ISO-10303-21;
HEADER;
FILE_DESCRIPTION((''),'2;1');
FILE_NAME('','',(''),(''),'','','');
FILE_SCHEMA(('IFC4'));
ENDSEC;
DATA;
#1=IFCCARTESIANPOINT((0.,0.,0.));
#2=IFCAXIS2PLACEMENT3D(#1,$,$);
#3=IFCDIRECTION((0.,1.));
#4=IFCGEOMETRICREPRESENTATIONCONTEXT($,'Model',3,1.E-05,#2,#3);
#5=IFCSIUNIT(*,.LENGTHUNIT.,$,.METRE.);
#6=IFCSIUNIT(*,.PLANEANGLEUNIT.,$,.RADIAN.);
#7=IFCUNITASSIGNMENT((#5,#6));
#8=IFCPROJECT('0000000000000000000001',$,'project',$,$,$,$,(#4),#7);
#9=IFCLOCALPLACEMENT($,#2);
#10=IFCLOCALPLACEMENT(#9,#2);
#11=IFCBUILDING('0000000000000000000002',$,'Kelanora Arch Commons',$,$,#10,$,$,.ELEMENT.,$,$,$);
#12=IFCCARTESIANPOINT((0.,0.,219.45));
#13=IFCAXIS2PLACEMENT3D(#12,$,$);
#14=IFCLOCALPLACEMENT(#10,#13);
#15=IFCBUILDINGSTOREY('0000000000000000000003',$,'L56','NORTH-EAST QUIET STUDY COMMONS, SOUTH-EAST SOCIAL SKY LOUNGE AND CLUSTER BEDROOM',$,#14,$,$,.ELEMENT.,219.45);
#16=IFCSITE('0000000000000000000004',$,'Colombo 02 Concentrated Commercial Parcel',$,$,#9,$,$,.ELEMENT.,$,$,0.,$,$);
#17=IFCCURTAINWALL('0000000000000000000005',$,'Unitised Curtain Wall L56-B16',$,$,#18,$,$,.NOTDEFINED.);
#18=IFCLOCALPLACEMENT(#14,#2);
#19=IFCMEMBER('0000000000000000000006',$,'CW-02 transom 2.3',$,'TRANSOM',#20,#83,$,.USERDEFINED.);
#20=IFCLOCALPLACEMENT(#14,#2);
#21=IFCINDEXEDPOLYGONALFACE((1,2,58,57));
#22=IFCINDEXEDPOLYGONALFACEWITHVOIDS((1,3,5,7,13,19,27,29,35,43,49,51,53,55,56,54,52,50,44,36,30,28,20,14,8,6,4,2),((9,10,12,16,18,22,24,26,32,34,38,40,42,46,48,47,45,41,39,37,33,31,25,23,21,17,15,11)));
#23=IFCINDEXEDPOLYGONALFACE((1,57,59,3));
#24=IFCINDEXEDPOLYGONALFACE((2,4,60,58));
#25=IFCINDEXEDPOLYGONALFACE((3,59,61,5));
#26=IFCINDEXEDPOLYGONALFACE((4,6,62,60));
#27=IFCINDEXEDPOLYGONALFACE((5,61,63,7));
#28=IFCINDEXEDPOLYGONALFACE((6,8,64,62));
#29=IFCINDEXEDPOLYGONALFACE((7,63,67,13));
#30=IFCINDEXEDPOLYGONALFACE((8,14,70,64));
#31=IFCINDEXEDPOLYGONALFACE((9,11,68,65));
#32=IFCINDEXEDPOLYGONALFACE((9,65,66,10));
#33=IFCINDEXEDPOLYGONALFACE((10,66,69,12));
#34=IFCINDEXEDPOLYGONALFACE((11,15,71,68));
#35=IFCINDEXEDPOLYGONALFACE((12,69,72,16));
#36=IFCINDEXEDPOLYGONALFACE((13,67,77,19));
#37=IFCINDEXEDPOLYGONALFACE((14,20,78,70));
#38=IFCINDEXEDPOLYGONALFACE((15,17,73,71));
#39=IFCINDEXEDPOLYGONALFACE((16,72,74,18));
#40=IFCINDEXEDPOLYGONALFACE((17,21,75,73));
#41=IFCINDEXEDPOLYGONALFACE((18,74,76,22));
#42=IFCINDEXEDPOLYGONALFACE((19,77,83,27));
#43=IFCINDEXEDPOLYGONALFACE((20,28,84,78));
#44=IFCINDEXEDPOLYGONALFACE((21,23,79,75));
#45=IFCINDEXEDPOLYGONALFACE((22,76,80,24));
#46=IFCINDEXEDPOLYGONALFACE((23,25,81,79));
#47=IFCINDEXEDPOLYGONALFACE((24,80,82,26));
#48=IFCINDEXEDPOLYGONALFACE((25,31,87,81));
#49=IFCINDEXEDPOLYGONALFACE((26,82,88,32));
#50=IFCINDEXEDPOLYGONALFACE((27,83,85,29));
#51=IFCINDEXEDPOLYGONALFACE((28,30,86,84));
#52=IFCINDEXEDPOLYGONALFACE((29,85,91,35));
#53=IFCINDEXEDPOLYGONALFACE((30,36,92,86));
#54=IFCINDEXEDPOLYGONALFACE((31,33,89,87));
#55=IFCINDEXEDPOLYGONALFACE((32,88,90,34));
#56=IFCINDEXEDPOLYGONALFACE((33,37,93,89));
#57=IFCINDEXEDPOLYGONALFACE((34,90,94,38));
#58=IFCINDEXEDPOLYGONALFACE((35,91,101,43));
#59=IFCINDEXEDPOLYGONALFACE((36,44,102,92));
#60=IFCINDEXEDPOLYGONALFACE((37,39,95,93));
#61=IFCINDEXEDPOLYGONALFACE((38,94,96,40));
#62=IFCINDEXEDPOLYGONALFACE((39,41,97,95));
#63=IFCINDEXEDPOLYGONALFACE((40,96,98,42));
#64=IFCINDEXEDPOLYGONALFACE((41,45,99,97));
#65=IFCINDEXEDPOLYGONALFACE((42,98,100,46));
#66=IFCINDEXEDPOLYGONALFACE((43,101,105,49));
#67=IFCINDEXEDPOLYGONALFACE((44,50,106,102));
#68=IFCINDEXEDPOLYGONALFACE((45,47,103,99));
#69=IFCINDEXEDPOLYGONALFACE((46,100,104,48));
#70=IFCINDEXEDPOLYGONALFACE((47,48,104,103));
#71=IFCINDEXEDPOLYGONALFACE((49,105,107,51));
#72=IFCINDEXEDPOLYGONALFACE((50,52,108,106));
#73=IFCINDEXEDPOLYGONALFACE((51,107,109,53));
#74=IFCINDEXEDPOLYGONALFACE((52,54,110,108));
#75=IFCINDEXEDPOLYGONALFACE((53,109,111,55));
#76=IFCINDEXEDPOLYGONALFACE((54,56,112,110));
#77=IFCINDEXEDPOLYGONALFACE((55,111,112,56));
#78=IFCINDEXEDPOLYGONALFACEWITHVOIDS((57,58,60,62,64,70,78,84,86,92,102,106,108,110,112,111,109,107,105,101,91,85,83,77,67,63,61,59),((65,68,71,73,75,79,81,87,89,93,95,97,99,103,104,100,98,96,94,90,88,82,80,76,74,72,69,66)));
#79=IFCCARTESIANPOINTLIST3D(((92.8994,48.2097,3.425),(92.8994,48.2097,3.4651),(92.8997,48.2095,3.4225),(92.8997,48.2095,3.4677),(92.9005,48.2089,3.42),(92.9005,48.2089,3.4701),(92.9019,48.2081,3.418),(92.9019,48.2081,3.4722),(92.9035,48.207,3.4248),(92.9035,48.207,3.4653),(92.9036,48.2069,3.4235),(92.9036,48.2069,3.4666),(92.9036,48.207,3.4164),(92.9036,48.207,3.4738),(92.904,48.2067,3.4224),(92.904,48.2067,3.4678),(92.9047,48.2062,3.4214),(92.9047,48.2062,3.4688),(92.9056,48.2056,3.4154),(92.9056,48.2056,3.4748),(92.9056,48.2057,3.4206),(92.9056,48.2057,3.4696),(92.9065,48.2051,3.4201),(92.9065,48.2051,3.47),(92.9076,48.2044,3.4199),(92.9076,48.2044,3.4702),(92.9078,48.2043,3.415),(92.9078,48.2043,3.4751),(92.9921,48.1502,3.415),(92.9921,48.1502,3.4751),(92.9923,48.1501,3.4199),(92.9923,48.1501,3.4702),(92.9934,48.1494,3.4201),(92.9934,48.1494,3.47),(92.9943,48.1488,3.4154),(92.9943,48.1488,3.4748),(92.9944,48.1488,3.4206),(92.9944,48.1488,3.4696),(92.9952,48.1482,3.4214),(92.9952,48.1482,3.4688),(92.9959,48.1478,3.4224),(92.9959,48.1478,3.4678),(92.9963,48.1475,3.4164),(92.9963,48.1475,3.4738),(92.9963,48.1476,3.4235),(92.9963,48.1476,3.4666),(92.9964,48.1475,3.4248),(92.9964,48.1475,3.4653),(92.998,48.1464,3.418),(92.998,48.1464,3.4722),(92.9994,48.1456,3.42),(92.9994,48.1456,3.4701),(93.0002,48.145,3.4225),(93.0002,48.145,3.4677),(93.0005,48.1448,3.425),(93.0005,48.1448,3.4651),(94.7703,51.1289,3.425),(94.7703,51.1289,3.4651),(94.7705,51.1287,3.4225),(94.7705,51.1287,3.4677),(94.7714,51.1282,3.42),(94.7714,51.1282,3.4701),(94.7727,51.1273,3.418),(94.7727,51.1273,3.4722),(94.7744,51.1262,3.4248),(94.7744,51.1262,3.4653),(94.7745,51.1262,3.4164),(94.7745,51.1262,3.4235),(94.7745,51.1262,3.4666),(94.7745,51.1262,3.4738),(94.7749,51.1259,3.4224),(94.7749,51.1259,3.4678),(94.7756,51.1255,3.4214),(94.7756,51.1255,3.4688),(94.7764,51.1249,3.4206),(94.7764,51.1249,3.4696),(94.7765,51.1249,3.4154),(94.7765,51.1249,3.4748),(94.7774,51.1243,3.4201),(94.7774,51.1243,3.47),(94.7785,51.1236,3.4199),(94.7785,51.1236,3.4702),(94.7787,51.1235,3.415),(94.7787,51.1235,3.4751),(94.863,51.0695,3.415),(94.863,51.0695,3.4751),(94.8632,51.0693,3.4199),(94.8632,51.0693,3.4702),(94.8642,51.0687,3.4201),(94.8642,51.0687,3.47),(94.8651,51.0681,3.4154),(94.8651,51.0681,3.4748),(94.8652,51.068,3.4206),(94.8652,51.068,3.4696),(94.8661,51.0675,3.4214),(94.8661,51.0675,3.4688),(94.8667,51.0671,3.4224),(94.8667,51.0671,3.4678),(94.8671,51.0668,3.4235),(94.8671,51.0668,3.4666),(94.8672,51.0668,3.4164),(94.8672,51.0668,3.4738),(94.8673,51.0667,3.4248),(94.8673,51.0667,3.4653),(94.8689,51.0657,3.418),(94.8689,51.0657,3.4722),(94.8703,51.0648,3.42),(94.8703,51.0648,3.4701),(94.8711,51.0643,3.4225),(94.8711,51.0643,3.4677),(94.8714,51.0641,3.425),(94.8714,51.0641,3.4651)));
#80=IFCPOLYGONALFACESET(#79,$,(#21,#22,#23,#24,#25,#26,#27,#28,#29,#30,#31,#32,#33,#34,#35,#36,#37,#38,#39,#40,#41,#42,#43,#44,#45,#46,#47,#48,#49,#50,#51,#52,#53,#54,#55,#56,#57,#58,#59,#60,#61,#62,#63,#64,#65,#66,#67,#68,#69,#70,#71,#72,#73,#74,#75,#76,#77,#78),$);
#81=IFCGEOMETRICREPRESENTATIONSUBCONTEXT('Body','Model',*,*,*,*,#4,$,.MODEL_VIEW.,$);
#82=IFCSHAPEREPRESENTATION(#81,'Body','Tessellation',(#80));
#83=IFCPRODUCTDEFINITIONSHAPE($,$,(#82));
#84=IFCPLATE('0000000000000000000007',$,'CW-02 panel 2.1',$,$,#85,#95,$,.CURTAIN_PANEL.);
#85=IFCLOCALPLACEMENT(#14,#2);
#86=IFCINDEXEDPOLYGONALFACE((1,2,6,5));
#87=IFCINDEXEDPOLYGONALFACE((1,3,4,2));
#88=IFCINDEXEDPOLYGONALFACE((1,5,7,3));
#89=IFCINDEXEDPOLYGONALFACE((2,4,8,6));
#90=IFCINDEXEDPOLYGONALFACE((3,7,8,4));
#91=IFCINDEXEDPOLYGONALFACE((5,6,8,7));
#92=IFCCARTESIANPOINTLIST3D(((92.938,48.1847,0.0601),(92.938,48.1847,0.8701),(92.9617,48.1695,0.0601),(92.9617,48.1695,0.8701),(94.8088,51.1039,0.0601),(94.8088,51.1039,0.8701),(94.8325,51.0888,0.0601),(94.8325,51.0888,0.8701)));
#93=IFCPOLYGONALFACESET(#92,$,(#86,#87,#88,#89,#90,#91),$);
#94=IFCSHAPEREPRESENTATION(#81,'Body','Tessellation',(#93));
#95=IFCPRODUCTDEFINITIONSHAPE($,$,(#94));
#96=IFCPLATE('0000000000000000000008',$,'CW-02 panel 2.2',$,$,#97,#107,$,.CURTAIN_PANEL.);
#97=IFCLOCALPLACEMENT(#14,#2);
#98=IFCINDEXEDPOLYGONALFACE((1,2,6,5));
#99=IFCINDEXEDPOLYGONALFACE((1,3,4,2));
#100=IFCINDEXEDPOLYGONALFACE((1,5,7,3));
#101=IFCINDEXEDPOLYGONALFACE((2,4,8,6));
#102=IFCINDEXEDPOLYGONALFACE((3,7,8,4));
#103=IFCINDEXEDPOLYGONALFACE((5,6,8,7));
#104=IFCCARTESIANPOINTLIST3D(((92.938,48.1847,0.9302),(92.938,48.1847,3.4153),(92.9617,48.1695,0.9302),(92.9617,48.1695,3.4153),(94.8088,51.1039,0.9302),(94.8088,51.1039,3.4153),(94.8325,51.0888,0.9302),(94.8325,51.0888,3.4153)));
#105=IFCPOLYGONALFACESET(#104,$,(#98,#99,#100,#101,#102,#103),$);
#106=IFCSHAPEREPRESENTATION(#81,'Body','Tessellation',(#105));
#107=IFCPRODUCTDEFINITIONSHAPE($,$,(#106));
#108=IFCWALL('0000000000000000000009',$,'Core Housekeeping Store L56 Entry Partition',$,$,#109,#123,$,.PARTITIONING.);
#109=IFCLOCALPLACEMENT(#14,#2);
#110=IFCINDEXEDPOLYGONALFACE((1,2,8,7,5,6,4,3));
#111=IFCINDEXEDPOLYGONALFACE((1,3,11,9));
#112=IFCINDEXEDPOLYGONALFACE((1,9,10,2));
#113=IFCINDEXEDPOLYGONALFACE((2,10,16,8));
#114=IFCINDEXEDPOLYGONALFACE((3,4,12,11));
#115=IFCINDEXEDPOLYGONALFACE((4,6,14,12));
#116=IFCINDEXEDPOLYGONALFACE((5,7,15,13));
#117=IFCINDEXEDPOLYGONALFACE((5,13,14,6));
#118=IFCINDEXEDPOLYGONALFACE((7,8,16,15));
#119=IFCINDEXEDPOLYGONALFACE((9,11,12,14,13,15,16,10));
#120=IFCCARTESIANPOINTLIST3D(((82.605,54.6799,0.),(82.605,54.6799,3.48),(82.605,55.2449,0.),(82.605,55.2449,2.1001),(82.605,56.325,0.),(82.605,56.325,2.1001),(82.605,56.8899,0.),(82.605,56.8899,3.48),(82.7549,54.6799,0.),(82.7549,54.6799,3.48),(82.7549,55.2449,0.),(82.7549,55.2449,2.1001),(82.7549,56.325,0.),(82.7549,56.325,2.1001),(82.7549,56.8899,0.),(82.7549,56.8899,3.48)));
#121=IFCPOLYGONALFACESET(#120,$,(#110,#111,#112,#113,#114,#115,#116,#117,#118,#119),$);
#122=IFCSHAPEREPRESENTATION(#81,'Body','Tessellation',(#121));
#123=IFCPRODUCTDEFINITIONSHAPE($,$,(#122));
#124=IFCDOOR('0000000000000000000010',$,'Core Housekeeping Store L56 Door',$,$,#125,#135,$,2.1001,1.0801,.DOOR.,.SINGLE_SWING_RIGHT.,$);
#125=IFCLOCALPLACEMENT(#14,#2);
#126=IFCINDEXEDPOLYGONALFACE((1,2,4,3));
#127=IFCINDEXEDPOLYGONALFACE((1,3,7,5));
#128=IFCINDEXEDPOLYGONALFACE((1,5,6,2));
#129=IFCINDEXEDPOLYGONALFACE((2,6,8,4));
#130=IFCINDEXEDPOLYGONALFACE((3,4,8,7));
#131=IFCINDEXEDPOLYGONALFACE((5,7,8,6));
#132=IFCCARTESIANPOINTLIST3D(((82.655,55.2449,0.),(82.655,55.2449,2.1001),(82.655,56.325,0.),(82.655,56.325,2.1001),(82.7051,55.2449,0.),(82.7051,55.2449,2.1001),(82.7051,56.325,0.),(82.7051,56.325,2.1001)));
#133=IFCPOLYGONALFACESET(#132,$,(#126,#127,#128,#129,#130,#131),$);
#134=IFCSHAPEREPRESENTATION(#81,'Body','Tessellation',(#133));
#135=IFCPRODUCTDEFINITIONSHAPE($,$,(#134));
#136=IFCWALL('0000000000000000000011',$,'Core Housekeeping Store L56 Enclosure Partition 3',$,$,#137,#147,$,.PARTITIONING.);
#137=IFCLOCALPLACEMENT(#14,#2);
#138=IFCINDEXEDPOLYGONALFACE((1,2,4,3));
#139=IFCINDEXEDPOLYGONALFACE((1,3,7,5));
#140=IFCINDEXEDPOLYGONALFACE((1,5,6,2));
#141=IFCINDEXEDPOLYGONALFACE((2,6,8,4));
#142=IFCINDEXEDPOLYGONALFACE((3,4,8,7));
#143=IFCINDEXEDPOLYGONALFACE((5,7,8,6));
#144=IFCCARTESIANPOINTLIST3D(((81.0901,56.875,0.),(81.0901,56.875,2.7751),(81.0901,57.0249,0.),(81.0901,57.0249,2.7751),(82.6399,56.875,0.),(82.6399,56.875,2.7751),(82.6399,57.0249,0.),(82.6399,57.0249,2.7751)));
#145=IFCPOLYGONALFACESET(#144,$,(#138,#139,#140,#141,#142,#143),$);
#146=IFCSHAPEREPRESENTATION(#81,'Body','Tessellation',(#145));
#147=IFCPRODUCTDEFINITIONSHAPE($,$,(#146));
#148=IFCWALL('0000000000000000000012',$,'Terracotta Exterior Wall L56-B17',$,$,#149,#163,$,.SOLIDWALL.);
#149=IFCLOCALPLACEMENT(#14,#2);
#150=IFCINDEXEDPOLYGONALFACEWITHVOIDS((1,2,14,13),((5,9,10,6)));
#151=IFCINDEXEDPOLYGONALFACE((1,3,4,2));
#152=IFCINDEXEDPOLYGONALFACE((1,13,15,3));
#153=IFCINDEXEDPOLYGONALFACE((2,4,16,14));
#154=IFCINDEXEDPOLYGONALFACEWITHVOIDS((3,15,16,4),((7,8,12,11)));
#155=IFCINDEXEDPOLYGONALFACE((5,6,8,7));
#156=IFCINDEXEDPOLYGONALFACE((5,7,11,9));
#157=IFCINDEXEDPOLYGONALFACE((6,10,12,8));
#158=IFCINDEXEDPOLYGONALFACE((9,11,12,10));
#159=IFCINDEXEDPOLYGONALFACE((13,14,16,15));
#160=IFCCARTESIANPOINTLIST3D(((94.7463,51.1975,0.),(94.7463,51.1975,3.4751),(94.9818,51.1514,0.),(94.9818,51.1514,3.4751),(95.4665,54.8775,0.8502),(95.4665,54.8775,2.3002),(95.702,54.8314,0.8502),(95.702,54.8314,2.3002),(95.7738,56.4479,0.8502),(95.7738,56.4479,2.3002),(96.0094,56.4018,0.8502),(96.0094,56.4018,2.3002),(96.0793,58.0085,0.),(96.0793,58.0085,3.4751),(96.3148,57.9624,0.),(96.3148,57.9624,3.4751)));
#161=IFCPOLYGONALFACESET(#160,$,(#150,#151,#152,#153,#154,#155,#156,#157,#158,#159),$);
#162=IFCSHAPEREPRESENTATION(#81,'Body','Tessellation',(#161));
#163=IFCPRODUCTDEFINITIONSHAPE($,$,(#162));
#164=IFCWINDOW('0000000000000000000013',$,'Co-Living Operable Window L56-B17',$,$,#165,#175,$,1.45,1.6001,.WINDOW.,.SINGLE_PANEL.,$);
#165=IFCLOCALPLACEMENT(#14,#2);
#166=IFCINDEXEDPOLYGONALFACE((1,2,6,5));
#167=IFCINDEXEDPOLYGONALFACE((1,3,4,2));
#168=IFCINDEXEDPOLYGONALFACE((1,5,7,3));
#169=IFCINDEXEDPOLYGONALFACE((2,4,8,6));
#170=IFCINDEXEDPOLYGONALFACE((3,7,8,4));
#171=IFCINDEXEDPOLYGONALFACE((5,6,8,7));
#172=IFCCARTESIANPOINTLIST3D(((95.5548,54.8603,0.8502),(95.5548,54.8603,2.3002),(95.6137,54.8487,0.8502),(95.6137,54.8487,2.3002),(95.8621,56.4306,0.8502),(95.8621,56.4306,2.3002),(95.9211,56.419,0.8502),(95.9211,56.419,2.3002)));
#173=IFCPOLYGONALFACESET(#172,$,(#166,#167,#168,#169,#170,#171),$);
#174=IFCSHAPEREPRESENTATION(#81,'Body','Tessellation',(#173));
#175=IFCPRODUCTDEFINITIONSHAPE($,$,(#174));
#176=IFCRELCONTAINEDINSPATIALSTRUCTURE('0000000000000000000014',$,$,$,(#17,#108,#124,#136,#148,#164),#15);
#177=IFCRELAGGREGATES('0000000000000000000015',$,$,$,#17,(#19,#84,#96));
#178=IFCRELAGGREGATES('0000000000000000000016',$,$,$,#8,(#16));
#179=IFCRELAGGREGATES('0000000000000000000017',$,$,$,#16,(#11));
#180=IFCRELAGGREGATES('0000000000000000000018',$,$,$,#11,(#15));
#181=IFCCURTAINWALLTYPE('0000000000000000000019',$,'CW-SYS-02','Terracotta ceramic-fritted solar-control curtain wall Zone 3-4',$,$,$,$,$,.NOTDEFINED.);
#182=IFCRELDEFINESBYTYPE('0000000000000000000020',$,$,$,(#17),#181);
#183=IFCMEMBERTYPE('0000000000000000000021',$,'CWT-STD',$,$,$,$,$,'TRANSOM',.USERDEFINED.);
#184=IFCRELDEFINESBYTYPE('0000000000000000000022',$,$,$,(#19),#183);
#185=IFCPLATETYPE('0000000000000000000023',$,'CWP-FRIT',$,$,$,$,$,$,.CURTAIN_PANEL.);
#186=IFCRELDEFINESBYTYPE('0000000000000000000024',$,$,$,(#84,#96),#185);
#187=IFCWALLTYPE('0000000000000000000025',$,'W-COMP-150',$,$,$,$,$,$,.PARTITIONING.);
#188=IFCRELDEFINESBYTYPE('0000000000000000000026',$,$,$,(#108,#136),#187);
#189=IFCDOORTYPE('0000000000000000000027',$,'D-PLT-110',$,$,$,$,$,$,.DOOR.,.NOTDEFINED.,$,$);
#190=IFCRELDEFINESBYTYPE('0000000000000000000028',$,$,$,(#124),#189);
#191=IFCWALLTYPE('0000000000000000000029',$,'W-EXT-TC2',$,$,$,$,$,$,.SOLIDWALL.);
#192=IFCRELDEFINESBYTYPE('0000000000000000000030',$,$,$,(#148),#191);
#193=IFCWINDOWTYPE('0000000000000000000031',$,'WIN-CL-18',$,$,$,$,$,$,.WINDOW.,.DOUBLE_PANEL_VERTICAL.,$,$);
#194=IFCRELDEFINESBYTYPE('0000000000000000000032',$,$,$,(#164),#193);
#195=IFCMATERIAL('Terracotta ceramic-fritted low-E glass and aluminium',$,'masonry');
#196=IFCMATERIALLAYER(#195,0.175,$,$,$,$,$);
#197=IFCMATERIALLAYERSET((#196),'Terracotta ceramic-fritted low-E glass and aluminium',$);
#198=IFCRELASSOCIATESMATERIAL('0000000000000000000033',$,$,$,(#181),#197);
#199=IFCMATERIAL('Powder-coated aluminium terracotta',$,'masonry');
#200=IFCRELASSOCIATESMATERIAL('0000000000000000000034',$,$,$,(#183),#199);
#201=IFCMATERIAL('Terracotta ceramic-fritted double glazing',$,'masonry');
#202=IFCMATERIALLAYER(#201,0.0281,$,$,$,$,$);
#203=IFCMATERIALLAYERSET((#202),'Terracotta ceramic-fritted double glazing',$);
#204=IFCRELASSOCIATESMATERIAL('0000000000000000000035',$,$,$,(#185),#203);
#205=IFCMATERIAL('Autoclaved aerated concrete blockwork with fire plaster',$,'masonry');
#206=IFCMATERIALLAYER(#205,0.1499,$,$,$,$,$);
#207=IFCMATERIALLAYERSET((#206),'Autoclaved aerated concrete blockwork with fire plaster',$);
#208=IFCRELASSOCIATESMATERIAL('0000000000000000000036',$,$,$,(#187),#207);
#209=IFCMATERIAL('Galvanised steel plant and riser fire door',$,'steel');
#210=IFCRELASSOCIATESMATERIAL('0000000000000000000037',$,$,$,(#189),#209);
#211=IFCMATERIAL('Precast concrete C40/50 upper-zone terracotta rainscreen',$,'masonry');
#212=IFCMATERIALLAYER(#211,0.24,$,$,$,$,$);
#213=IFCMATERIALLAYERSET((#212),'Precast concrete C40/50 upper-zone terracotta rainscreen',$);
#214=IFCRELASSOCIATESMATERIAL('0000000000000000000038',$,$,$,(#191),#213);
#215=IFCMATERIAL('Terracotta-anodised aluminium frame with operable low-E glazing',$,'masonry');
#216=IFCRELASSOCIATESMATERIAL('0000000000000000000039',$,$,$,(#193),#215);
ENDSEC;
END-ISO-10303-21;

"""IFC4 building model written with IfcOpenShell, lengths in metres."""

from ifc_helpers import new_model, si_unit, direction, frame, frame_2d, origin, origin_2d, place, context, subcontext, project, spatial, rectangle, hollow_rectangle, extrude, source, transform, mapped, material, layer, layer_set, material_profile, profile_set, type_object, element, fill, aggregate, save


model = new_model("IFC4")

# Units and contexts
model_context = context("Model", 3, precision=1e-05, world=origin(), true_north=direction((0.0, 1.0)))
body_context = subcontext(model_context, "Body", "Model", "MODEL_VIEW")
ifc_project = project(units=[si_unit("LENGTHUNIT", "METRE"), si_unit("PLANEANGLEUNIT", "RADIAN")], contexts=[model_context])

# Site, building, storey
site_placement = place(None, origin())
site = spatial("IfcSite", under=ifc_project, at=site_placement, Name="Colombo 02 Concentrated Commercial Parcel", CompositionType="ELEMENT", RefElevation=0.0)
building_placement = place(site_placement, origin())
building = spatial("IfcBuilding", under=site, at=building_placement, Name="Kelanora Arch Commons", CompositionType="ELEMENT")
storey_placement = place(building_placement, frame((0.0, 0.0, 219.45)))
storey = spatial("IfcBuildingStorey", under=building, at=storey_placement, Name="L56", Description="NORTH-EAST QUIET STUDY COMMONS, SOUTH-EAST SOCIAL SKY LOUNGE AND CLUSTER BEDROOM", CompositionType="ELEMENT", Elevation=219.45)

# Curtain wall, member, plates
ifc_material_1 = material(Name="Terracotta ceramic-fritted low-E glass and aluminium", Category="masonry")
ifc_layer_1 = layer(ifc_material_1, 0.175)
ifc_layer_set_1 = layer_set([ifc_layer_1], Name="Terracotta ceramic-fritted low-E glass and aluminium")
curtain_wall_type = type_object("IfcCurtainWallType", Name="CW-SYS-02", Description="Terracotta ceramic-fritted solar-control curtain wall Zone 3-4", PredefinedType="NOTDEFINED", material=ifc_layer_set_1)
curtain_wall_placement = place(storey_placement, origin())
curtain_wall = element("IfcCurtainWall", 1, at=curtain_wall_placement, inside=storey, type_object=curtain_wall_type, Name="Unitised Curtain Wall L56-B16", PredefinedType="NOTDEFINED")
ifc_material_2 = material(Name="Powder-coated aluminium terracotta", Category="masonry")
ifc_material_profile_1 = material_profile(ifc_material_2, hollow_rectangle(XDim=0.1201, YDim=0.0601, WallThickness=0.0049, InnerFilletRadius=0.0049, OuterFilletRadius=0.01, at=origin_2d()), Name="CWT120x60")
ifc_profile_set_1 = profile_set([ifc_material_profile_1], Name="Powder-coated aluminium terracotta")
member_type_1 = type_object("IfcMemberType", Name="CWT-STD", ElementType="TRANSOM", PredefinedType="USERDEFINED", material=ifc_profile_set_1)
member_1_placement = place(storey_placement, frame((92.95, 48.1772, 3.4451), z_axis=(0.539579, 0.841935, 0.0), x_axis=(-0.841935, 0.539579, 0.0)))
member_1 = element("IfcMember", 2, at=member_1_placement, type_object=member_type_1, Name="CW-02 transom 2.3", ObjectType="TRANSOM", PredefinedType="USERDEFINED", context=body_context, shape_type="SweptSolid", body=[
    extrude(hollow_rectangle(XDim=0.1201, YDim=0.0601, WallThickness=0.0049, InnerFilletRadius=0.0049, OuterFilletRadius=0.01, at=origin_2d()), origin(), (0.0, 0.0, 1.0), 3.4673),
])
ifc_material_3 = material(Name="Terracotta ceramic-fritted double glazing", Category="masonry")
ifc_layer_2 = layer(ifc_material_3, 0.0281)
ifc_layer_set_2 = layer_set([ifc_layer_2], Name="Terracotta ceramic-fritted double glazing")
plate_type = type_object("IfcPlateType", Name="CWP-FRIT", PredefinedType="CURTAIN_PANEL", material=ifc_layer_set_2)
shared_shape_1 = source(origin(), body_context, "Body", "SweptSolid", [
    extrude(rectangle(XDim=3.4673, YDim=0.0281, at=origin_2d()), origin(), (0.0, 0.0, 1.0), 0.8101),
])
plate_1_placement = place(storey_placement, frame((93.8853, 49.6367, 0.0601), z_axis=(0.0, 0.0, 1.0), x_axis=(0.539559, 0.841948, 0.0)))
plate_1 = element("IfcPlate", 3, at=plate_1_placement, type_object=plate_type, Name="CW-02 panel 2.1", PredefinedType="CURTAIN_PANEL", context=body_context, shape_type="MappedRepresentation", body=[
    mapped(shared_shape_1, transform((0.0, 0.0, 0.0), scale=1.0)),
])
shared_shape_2 = source(origin(), body_context, "Body", "SweptSolid", [
    extrude(rectangle(XDim=3.4673, YDim=0.0281, at=origin_2d()), origin(), (0.0, 0.0, 1.0), 2.4851),
])
plate_2_placement = place(storey_placement, frame((93.8853, 49.6367, 0.9302), z_axis=(0.0, 0.0, 1.0), x_axis=(0.539559, 0.841948, 0.0)))
plate_2 = element("IfcPlate", 4, at=plate_2_placement, type_object=plate_type, Name="CW-02 panel 2.2", PredefinedType="CURTAIN_PANEL", context=body_context, shape_type="MappedRepresentation", body=[
    mapped(shared_shape_2, transform((0.0, 0.0, 0.0), scale=1.0)),
])
aggregate(curtain_wall, [member_1, plate_1, plate_2])

# Wall, opening, door
ifc_material_4 = material(Name="Autoclaved aerated concrete blockwork with fire plaster", Category="masonry")
ifc_layer_3 = layer(ifc_material_4, 0.1499)
ifc_layer_set_3 = layer_set([ifc_layer_3], Name="Autoclaved aerated concrete blockwork with fire plaster")
wall_type_1 = type_object("IfcWallType", Name="W-COMP-150", PredefinedType="PARTITIONING", material=ifc_layer_set_3)
wall_1_placement = place(storey_placement, frame((82.6799, 54.6799, 0.0), z_axis=(0.0, 0.0, 1.0), x_axis=(0.0, 1.0, 0.0)))
wall_1 = element("IfcWall", 5, at=wall_1_placement, inside=storey, type_object=wall_type_1, Name="Core Housekeeping Store L56 Entry Partition", PredefinedType="PARTITIONING", context=body_context, shape_type="SweptSolid", body=[
    extrude(rectangle(XDim=2.21, YDim=0.1499, at=frame_2d((1.105, 0.0))), origin(), (0.0, 0.0, 1.0), 3.48),
])
opening_1_placement = place(wall_1_placement, frame((0.5649, 0.0, 0.0)))
opening_1 = element("IfcOpeningElement", 6, at=opening_1_placement, cuts=wall_1, PredefinedType="OPENING", context=body_context, shape_type="SweptSolid", body=[
    extrude(rectangle(XDim=1.0801, YDim=2.1001, at=frame_2d((0.54, 1.05))), frame((0.0, 0.085, 0.0), z_axis=(0.0, -1.0, 0.0), x_axis=(1.0, 0.0, 0.0)), (0.0, 0.0, 1.0), 0.1699),
])
ifc_material_5 = material(Name="Galvanised steel plant and riser fire door", Category="steel")
door_type = type_object("IfcDoorType", Name="D-PLT-110", OperationType="NOTDEFINED", PredefinedType="DOOR", material=ifc_material_5)
door_placement = place(opening_1_placement, origin())
door = element("IfcDoor", 7, at=door_placement, inside=storey, type_object=door_type, Name="Core Housekeeping Store L56 Door", OperationType="SINGLE_SWING_RIGHT", OverallHeight=2.1001, OverallWidth=1.0801, PredefinedType="DOOR", context=body_context, shape_type="SweptSolid", body=[
    extrude(rectangle(XDim=1.0801, YDim=2.1001, at=frame_2d((0.54, 1.05))), frame((0.0, 0.0249, 0.0), z_axis=(0.0, -1.0, 0.0), x_axis=(1.0, 0.0, 0.0)), (0.0, 0.0, 1.0), 0.05),
])
fill(opening_1, door)

# Wall
wall_2_placement = place(storey_placement, frame((82.6399, 56.95, 0.0), z_axis=(0.0, 0.0, 1.0), x_axis=(-1.0, 0.0, 0.0)))
element("IfcWall", 8, at=wall_2_placement, inside=storey, type_object=wall_type_1, Name="Core Housekeeping Store L56 Enclosure Partition 3", PredefinedType="PARTITIONING", context=body_context, shape_type="SweptSolid", body=[
    extrude(rectangle(XDim=1.5498, YDim=0.1499, at=frame_2d((0.7749, 0.0))), origin(), (0.0, 0.0, 1.0), 2.7751),
])

# Wall, opening, window
ifc_material_6 = material(Name="Precast concrete C40/50 upper-zone terracotta rainscreen", Category="masonry")
ifc_layer_4 = layer(ifc_material_6, 0.24)
ifc_layer_set_4 = layer_set([ifc_layer_4], Name="Precast concrete C40/50 upper-zone terracotta rainscreen")
wall_type_2 = type_object("IfcWallType", Name="W-EXT-TC2", PredefinedType="SOLIDWALL", material=ifc_layer_set_4)
wall_3_placement = place(storey_placement, frame((94.864, 51.1743, 0.0), z_axis=(0.0, 0.0, 1.0), x_axis=(0.192069, 0.981381, 0.0)))
wall_3 = element("IfcWall", 9, at=wall_3_placement, inside=storey, type_object=wall_type_2, Name="Terracotta Exterior Wall L56-B17", PredefinedType="SOLIDWALL", context=body_context, shape_type="SweptSolid", body=[
    extrude(rectangle(XDim=6.9402, YDim=0.24, at=frame_2d((3.4702, 0.0))), origin(), (0.0, 0.0, 1.0), 3.4751),
])
opening_2_placement = place(wall_3_placement, frame((3.75, 0.0, 0.8501)))
opening_2 = element("IfcOpeningElement", 10, at=opening_2_placement, cuts=wall_3, PredefinedType="OPENING", context=body_context, shape_type="SweptSolid", body=[
    extrude(rectangle(XDim=1.6001, YDim=1.45, at=frame_2d((0.8, 0.7251))), frame((0.0, 0.1299, 0.0), z_axis=(0.0, -1.0, 0.0), x_axis=(1.0, 0.0, 0.0)), (0.0, 0.0, 1.0), 0.26),
])
ifc_material_7 = material(Name="Terracotta-anodised aluminium frame with operable low-E glazing", Category="masonry")
window_type = type_object("IfcWindowType", Name="WIN-CL-18", PartitioningType="DOUBLE_PANEL_VERTICAL", PredefinedType="WINDOW", material=ifc_material_7)
window_placement = place(opening_2_placement, origin())
window = element("IfcWindow", 11, at=window_placement, inside=storey, type_object=window_type, Name="Co-Living Operable Window L56-B17", OverallHeight=1.45, OverallWidth=1.6001, PartitioningType="SINGLE_PANEL", PredefinedType="WINDOW", context=body_context, shape_type="SweptSolid", body=[
    extrude(rectangle(XDim=1.6001, YDim=1.45, at=frame_2d((0.8, 0.7251))), frame((0.0, 0.03, 0.0), z_axis=(0.0, -1.0, 0.0), x_axis=(1.0, 0.0, 0.0)), (0.0, 0.0, 1.0), 0.0601),
])
fill(opening_2, window)

save(model, "model.ifc")
